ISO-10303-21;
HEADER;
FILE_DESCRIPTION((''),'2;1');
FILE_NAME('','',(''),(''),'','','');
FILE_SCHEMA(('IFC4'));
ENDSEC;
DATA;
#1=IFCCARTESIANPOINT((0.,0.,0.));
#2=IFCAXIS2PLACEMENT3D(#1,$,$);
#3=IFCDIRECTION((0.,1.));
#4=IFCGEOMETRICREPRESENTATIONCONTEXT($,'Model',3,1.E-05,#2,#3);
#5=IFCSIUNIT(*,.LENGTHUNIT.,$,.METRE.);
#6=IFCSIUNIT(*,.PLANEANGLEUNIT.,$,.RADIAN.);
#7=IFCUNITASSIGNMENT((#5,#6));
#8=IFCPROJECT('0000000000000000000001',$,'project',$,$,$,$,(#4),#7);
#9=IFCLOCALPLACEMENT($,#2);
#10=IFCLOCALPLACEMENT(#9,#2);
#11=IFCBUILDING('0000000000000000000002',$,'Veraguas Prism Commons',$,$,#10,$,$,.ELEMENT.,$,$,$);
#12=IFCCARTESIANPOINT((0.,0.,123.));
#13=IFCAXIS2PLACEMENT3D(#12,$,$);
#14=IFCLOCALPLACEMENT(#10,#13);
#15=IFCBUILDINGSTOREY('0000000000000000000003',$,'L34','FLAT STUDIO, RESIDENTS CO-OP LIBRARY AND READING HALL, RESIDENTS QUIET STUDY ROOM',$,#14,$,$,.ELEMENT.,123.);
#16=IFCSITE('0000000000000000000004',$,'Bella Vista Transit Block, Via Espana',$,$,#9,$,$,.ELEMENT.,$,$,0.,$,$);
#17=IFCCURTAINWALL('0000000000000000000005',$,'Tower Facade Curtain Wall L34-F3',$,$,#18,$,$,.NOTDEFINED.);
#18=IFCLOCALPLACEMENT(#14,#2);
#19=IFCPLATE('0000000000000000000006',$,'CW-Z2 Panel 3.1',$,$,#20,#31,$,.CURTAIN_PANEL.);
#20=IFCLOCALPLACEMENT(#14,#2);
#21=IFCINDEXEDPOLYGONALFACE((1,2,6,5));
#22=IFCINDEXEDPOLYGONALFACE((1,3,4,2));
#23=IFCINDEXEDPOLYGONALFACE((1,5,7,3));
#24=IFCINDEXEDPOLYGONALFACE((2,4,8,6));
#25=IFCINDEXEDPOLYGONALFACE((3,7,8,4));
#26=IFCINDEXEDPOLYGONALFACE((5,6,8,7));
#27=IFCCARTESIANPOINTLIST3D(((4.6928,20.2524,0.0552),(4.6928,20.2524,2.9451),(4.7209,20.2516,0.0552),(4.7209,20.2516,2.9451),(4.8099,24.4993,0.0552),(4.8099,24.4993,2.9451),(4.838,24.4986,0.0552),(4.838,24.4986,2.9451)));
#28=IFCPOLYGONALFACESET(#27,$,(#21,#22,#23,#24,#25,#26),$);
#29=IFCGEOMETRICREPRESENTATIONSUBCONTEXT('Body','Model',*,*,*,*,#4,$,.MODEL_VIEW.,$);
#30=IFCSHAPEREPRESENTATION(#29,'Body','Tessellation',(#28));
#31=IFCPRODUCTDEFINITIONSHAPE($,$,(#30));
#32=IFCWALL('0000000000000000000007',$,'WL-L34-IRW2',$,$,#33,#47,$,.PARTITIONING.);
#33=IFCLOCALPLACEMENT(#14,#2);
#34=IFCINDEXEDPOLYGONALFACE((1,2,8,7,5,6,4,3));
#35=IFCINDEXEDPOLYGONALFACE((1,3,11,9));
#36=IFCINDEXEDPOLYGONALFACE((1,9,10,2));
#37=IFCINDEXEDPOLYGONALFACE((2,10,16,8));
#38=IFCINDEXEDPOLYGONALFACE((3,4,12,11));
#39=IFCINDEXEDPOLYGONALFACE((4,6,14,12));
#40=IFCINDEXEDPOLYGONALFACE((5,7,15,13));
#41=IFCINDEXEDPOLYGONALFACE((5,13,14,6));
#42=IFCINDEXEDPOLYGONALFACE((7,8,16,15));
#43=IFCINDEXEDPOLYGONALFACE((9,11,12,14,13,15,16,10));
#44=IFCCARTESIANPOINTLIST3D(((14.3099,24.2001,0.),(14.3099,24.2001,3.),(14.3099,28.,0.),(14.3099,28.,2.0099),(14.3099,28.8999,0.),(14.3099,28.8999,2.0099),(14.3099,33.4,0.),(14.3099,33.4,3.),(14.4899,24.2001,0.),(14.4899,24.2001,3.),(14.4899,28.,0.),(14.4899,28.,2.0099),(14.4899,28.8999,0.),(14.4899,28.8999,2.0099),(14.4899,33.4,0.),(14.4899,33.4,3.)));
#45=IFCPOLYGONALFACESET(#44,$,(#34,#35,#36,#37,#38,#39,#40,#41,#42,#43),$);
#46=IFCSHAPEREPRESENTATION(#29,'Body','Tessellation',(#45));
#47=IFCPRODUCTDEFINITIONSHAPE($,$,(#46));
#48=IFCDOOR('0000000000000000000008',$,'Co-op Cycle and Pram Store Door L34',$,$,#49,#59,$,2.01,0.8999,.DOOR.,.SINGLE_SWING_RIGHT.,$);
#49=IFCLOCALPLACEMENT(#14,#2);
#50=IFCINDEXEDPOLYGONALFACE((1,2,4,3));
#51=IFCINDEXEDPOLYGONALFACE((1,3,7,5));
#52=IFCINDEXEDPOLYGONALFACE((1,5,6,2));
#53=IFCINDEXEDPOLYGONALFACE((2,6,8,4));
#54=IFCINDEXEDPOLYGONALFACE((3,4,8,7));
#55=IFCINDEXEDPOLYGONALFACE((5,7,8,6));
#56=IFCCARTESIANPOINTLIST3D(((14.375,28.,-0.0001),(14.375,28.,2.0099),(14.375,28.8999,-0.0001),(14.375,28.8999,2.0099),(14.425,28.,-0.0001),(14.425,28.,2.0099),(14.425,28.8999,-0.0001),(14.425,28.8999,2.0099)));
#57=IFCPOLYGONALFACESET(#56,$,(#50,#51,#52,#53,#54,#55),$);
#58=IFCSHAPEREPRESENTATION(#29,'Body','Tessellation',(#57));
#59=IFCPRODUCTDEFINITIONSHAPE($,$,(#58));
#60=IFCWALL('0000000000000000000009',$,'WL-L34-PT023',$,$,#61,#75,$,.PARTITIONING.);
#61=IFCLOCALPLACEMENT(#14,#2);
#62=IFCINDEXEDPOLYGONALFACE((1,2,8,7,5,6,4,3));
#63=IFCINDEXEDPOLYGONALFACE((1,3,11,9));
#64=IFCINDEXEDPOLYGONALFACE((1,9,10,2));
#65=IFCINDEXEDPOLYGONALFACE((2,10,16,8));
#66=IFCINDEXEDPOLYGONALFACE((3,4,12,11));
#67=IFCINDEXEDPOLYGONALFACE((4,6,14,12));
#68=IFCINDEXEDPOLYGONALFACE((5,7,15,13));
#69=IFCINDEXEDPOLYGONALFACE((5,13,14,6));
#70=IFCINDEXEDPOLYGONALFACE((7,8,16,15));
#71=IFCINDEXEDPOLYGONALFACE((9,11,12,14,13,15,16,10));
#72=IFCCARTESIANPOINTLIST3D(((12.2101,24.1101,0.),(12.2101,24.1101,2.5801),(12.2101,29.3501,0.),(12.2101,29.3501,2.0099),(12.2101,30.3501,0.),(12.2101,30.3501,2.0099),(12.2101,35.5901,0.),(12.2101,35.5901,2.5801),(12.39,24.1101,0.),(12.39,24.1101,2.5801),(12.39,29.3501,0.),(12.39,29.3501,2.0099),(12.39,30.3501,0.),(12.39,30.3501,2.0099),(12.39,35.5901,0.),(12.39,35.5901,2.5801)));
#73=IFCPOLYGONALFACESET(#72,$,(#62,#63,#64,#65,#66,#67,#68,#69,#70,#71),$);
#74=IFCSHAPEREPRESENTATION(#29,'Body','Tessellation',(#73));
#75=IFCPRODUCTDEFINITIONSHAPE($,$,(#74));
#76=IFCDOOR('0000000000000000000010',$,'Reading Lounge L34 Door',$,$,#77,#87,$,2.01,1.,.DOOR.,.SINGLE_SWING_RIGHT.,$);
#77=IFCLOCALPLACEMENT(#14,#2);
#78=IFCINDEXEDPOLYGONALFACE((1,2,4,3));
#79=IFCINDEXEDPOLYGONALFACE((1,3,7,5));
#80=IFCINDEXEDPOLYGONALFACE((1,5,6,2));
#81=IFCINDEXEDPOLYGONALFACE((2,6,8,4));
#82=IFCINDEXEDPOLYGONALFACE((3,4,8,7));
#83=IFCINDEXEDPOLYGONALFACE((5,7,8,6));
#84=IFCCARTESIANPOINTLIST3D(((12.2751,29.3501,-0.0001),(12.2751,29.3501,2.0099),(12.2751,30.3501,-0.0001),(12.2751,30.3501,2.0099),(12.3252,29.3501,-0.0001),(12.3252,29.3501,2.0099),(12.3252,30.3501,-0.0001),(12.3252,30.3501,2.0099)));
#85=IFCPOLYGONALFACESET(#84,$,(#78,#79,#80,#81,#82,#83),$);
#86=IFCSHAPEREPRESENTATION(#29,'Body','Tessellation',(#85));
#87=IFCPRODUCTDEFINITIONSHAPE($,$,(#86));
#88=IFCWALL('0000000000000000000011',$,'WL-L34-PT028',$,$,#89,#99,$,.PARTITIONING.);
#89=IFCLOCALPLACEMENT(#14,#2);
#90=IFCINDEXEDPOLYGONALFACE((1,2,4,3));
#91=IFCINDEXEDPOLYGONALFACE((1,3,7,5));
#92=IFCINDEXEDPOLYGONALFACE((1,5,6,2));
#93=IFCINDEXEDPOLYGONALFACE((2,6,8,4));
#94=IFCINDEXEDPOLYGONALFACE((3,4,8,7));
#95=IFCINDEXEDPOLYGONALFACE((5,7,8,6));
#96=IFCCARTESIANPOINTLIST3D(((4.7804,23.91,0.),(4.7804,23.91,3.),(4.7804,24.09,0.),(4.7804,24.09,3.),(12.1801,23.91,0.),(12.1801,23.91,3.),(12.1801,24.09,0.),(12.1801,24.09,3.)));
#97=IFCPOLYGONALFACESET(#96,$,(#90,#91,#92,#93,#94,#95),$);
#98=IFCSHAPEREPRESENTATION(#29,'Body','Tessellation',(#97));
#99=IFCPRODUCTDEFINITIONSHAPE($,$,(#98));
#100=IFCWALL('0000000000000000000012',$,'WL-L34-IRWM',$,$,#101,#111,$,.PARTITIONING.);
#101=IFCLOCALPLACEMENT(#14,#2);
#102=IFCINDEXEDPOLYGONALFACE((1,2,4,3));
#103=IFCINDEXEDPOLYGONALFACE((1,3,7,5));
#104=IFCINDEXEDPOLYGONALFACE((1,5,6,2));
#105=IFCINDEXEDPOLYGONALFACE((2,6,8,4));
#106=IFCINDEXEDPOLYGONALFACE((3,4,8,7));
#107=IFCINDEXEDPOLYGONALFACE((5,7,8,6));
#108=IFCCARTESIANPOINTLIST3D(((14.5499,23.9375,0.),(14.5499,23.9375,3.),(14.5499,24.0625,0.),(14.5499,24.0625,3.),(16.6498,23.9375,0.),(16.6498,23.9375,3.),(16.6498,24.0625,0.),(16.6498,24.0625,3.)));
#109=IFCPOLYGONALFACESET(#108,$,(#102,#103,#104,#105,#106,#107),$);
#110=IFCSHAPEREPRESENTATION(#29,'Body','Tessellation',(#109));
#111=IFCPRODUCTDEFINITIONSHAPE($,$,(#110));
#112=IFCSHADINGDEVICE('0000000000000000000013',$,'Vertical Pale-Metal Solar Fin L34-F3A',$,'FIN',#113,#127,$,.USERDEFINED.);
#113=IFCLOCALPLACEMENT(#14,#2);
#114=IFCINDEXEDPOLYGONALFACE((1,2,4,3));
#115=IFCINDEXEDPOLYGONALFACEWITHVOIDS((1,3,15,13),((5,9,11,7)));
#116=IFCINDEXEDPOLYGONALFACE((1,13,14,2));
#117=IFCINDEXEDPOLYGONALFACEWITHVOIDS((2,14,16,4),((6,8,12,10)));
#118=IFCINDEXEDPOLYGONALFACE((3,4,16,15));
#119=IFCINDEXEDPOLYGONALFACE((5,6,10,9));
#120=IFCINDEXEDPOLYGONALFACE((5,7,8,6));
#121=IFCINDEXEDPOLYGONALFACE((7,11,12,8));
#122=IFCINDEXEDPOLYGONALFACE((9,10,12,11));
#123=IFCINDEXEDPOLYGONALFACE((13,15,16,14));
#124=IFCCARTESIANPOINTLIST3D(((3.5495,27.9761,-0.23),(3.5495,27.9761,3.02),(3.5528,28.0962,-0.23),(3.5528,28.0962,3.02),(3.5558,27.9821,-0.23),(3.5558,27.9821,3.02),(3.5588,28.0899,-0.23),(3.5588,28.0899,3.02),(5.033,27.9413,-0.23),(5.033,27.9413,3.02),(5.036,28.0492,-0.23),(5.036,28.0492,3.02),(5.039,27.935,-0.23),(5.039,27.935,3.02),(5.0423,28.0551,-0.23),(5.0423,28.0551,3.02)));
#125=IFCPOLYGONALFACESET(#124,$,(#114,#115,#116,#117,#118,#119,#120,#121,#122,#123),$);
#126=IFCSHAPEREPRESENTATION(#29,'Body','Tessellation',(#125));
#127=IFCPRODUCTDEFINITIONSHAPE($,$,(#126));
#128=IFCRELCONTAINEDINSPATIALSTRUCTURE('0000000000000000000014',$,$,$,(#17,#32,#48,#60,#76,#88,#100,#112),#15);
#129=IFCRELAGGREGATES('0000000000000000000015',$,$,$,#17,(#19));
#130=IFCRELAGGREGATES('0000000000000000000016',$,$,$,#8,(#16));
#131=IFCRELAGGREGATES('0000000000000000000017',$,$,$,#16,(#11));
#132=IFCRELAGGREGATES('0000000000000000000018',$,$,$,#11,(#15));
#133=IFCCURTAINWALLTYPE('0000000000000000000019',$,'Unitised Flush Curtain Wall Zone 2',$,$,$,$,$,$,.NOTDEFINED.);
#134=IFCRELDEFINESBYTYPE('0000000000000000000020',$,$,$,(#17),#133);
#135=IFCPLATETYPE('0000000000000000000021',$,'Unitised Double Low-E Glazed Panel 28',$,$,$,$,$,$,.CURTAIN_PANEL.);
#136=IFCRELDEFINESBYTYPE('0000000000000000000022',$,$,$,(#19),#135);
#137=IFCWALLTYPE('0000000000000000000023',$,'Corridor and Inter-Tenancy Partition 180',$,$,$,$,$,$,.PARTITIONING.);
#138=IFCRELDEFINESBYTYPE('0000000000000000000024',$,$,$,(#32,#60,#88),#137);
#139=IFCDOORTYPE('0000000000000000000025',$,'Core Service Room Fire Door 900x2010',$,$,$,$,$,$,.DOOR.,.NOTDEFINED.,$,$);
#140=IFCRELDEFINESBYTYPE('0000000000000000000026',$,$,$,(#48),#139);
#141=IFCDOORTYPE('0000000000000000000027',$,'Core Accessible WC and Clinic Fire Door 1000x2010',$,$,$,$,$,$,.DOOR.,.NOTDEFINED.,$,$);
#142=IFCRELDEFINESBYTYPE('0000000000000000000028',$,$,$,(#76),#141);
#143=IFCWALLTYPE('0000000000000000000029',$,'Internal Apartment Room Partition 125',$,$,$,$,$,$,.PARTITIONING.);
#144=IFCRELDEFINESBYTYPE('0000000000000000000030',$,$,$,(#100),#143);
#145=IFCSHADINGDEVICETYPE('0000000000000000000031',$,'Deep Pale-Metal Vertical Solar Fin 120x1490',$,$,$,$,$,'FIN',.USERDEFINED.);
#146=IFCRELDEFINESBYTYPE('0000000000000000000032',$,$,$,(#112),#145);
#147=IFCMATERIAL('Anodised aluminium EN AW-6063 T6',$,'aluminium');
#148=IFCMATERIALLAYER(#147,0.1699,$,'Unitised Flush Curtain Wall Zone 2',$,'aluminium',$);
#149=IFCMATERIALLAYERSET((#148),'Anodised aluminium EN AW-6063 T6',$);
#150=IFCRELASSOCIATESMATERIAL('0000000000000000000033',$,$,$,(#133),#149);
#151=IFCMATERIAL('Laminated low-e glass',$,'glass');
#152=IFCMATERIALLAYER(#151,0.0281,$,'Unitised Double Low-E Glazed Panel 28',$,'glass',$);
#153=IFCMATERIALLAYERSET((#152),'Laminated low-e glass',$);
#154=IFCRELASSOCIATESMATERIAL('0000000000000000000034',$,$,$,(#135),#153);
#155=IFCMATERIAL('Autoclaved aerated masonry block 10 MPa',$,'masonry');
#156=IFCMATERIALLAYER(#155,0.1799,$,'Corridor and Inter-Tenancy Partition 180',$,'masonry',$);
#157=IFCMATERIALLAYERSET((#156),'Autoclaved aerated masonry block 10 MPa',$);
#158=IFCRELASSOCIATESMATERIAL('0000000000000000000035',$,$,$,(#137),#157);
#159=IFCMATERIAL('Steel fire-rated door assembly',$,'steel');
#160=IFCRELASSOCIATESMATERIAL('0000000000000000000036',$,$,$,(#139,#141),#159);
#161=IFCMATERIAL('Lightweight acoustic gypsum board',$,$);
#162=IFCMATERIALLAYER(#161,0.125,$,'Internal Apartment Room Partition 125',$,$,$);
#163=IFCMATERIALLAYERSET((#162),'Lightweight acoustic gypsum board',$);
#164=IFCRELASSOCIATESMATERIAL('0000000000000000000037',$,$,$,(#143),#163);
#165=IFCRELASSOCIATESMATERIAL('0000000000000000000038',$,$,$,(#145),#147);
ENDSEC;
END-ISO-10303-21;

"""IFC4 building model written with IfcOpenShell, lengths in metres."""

from ifc_helpers import new_model, si_unit, direction, frame, frame_2d, origin, origin_2d, place, context, subcontext, project, spatial, rectangle, hollow_rectangle, extrude, source, transform, mapped, material, layer, layer_set, material_profile, profile_set, type_object, element, fill, aggregate, save


model = new_model("IFC4")

# Units and contexts
model_context = context("Model", 3, precision=1e-05, world=origin(), true_north=direction((0.0, 1.0)))
body_context = subcontext(model_context, "Body", "Model", "MODEL_VIEW")
ifc_project = project(units=[si_unit("LENGTHUNIT", "METRE"), si_unit("PLANEANGLEUNIT", "RADIAN")], contexts=[model_context])

# Site, building, storey
site_placement = place(None, origin())
site = spatial("IfcSite", under=ifc_project, at=site_placement, Name="Bella Vista Transit Block, Via Espana", CompositionType="ELEMENT", RefElevation=0.0)
building_placement = place(site_placement, origin())
building = spatial("IfcBuilding", under=site, at=building_placement, Name="Veraguas Prism Commons", CompositionType="ELEMENT")
storey_placement = place(building_placement, frame((0.0, 0.0, 123.0)))
storey = spatial("IfcBuildingStorey", under=building, at=storey_placement, Name="L34", Description="FLAT STUDIO, RESIDENTS CO-OP LIBRARY AND READING HALL, RESIDENTS QUIET STUDY ROOM", CompositionType="ELEMENT", Elevation=123.0)

# Curtain wall, plate
ifc_material_1 = material(Name="Anodised aluminium EN AW-6063 T6", Category="aluminium")
ifc_layer_1 = layer(ifc_material_1, 0.1699, Name="Unitised Flush Curtain Wall Zone 2", Category="aluminium")
ifc_layer_set_1 = layer_set([ifc_layer_1], Name="Anodised aluminium EN AW-6063 T6")
curtain_wall_type = type_object("IfcCurtainWallType", Name="Unitised Flush Curtain Wall Zone 2", PredefinedType="NOTDEFINED", material=ifc_layer_set_1)
curtain_wall_placement = place(storey_placement, origin())
curtain_wall = element("IfcCurtainWall", 1, at=curtain_wall_placement, inside=storey, type_object=curtain_wall_type, Name="Tower Facade Curtain Wall L34-F3", PredefinedType="NOTDEFINED")
ifc_material_2 = material(Name="Laminated low-e glass", Category="glass")
ifc_layer_2 = layer(ifc_material_2, 0.0281, Name="Unitised Double Low-E Glazed Panel 28", Category="glass")
ifc_layer_set_2 = layer_set([ifc_layer_2], Name="Laminated low-e glass")
plate_type = type_object("IfcPlateType", Name="Unitised Double Low-E Glazed Panel 28", PredefinedType="CURTAIN_PANEL", material=ifc_layer_set_2)
shared_shape_1 = source(origin(), body_context, "Body", "SweptSolid", [
    extrude(rectangle(XDim=4.2485, YDim=0.0281, at=origin_2d()), origin(), (0.0, 0.0, 1.0), 2.8899),
])
plate_1_placement = place(storey_placement, frame((4.7654, 22.3755, 0.0552), z_axis=(0.0, 0.0, 1.0), x_axis=(-0.027567, -0.99962, 0.0)))
plate_1 = element("IfcPlate", 2, at=plate_1_placement, type_object=plate_type, Name="CW-Z2 Panel 3.1", PredefinedType="CURTAIN_PANEL", context=body_context, shape_type="MappedRepresentation", body=[
    mapped(shared_shape_1, transform((0.0, 0.0, 0.0), scale=1.0)),
])
aggregate(curtain_wall, [plate_1])

# Walls, openings, doors
ifc_material_3 = material(Name="Autoclaved aerated masonry block 10 MPa", Category="masonry")
ifc_layer_3 = layer(ifc_material_3, 0.1799, Name="Corridor and Inter-Tenancy Partition 180", Category="masonry")
ifc_layer_set_3 = layer_set([ifc_layer_3], Name="Autoclaved aerated masonry block 10 MPa")
wall_type_1 = type_object("IfcWallType", Name="Corridor and Inter-Tenancy Partition 180", PredefinedType="PARTITIONING", material=ifc_layer_set_3)
wall_1_placement = place(storey_placement, frame((14.3999, 24.2, 0.0), z_axis=(0.0, 0.0, 1.0), x_axis=(0.0, 1.0, 0.0)))
wall_1 = element("IfcWall", 3, at=wall_1_placement, inside=storey, type_object=wall_type_1, Name="WL-L34-IRW2", PredefinedType="PARTITIONING", context=body_context, shape_type="SweptSolid", body=[
    extrude(rectangle(XDim=9.2, YDim=0.1799, at=frame_2d((4.6001, 0.0))), origin(), (0.0, 0.0, 1.0), 3.0),
])
opening_1_placement = place(wall_1_placement, frame((3.8, 0.0, 0.0)))
opening_1 = element("IfcOpeningElement", 4, at=opening_1_placement, cuts=wall_1, PredefinedType="OPENING", context=body_context, shape_type="SweptSolid", body=[
    extrude(rectangle(XDim=0.8999, YDim=2.01, at=frame_2d((0.45, 1.0049))), frame((0.0, 0.0999, 0.0), z_axis=(0.0, -1.0, 0.0), x_axis=(1.0, 0.0, 0.0)), (0.0, 0.0, 1.0), 0.2),
])
ifc_material_4 = material(Name="Steel fire-rated door assembly", Category="steel")
door_type_1 = type_object("IfcDoorType", Name="Core Service Room Fire Door 900x2010", OperationType="NOTDEFINED", PredefinedType="DOOR", material=ifc_material_4)
shared_shape_2 = source(origin(), body_context, "Body", "SweptSolid", [
    extrude(rectangle(XDim=0.8999, YDim=2.01, at=frame_2d((0.45, 1.0049))), frame((0.0, 0.0249, 0.0), z_axis=(0.0, -1.0, 0.0), x_axis=(1.0, 0.0, 0.0)), (0.0, 0.0, 1.0), 0.05),
])
door_1_placement = place(opening_1_placement, origin())
door_1 = element("IfcDoor", 5, at=door_1_placement, inside=storey, type_object=door_type_1, Name="Co-op Cycle and Pram Store Door L34", OperationType="SINGLE_SWING_RIGHT", OverallHeight=2.01, OverallWidth=0.8999, PredefinedType="DOOR", context=body_context, shape_type="MappedRepresentation", body=[
    mapped(shared_shape_2, transform((0.0, 0.0, 0.0), scale=1.0)),
])
fill(opening_1, door_1)
wall_2_placement = place(storey_placement, frame((12.3, 24.1101, 0.0), z_axis=(0.0, 0.0, 1.0), x_axis=(0.0, 1.0, 0.0)))
wall_2 = element("IfcWall", 6, at=wall_2_placement, inside=storey, type_object=wall_type_1, Name="WL-L34-PT023", PredefinedType="PARTITIONING", context=body_context, shape_type="SweptSolid", body=[
    extrude(rectangle(XDim=11.48, YDim=0.1799, at=frame_2d((5.74, 0.0))), origin(), (0.0, 0.0, 1.0), 2.5801),
])
opening_2_placement = place(wall_2_placement, frame((5.24, 0.0, 0.0)))
opening_2 = element("IfcOpeningElement", 7, at=opening_2_placement, cuts=wall_2, PredefinedType="OPENING", context=body_context, shape_type="SweptSolid", body=[
    extrude(rectangle(XDim=1.0, YDim=2.01, at=frame_2d((0.5, 1.0049))), frame((0.0, 0.0999, 0.0), z_axis=(0.0, -1.0, 0.0), x_axis=(1.0, 0.0, 0.0)), (0.0, 0.0, 1.0), 0.2),
])
door_type_2 = type_object("IfcDoorType", Name="Core Accessible WC and Clinic Fire Door 1000x2010", OperationType="NOTDEFINED", PredefinedType="DOOR", material=ifc_material_4)
shared_shape_3 = source(origin(), body_context, "Body", "SweptSolid", [
    extrude(rectangle(XDim=1.0, YDim=2.01, at=frame_2d((0.5, 1.0049))), frame((0.0, 0.0249, 0.0), z_axis=(0.0, -1.0, 0.0), x_axis=(1.0, 0.0, 0.0)), (0.0, 0.0, 1.0), 0.05),
])
door_2_placement = place(opening_2_placement, origin())
door_2 = element("IfcDoor", 8, at=door_2_placement, inside=storey, type_object=door_type_2, Name="Reading Lounge L34 Door", OperationType="SINGLE_SWING_RIGHT", OverallHeight=2.01, OverallWidth=1.0, PredefinedType="DOOR", context=body_context, shape_type="MappedRepresentation", body=[
    mapped(shared_shape_3, transform((0.0, 0.0, 0.0), scale=1.0)),
])
fill(opening_2, door_2)

# Walls
wall_3_placement = place(storey_placement, frame((12.1799, 24.0, 0.0), z_axis=(0.0, 0.0, 1.0), x_axis=(-1.0, 0.0, 0.0)))
element("IfcWall", 9, at=wall_3_placement, inside=storey, type_object=wall_type_1, Name="WL-L34-PT028", PredefinedType="PARTITIONING", context=body_context, shape_type="SweptSolid", body=[
    extrude(rectangle(XDim=7.3997, YDim=0.1799, at=frame_2d((3.6997, 0.0))), origin(), (0.0, 0.0, 1.0), 3.0),
])
ifc_material_5 = material(Name="Lightweight acoustic gypsum board")
ifc_layer_4 = layer(ifc_material_5, 0.125, Name="Internal Apartment Room Partition 125")
ifc_layer_set_4 = layer_set([ifc_layer_4], Name="Lightweight acoustic gypsum board")
wall_type_2 = type_object("IfcWallType", Name="Internal Apartment Room Partition 125", PredefinedType="PARTITIONING", material=ifc_layer_set_4)
wall_4_placement = place(storey_placement, frame((14.55, 24.0, 0.0), z_axis=(0.0, 0.0, 1.0), x_axis=(1.0, 0.0, 0.0)))
element("IfcWall", 10, at=wall_4_placement, inside=storey, type_object=wall_type_2, Name="WL-L34-IRWM", PredefinedType="PARTITIONING", context=body_context, shape_type="SweptSolid", body=[
    extrude(rectangle(XDim=2.0999, YDim=0.125, at=frame_2d((1.0498, 0.0))), origin(), (0.0, 0.0, 1.0), 3.0),
])

# Shading device
ifc_material_profile_1 = material_profile(ifc_material_1, hollow_rectangle(XDim=0.1201, YDim=1.49, WallThickness=0.0061, at=origin_2d()), Name="FIN120X1490X6")
ifc_profile_set_1 = profile_set([ifc_material_profile_1], Name="Anodised aluminium EN AW-6063 T6")
shading_device_type = type_object("IfcShadingDeviceType", Name="Deep Pale-Metal Vertical Solar Fin 120x1490", ElementType="FIN", PredefinedType="USERDEFINED", material=ifc_profile_set_1)
shading_device_placement = place(storey_placement, frame((4.2959, 28.0156, -0.23), z_axis=(0.0, 0.0, 1.0), x_axis=(-0.027573, -0.99962, 0.0)))
element("IfcShadingDevice", 11, at=shading_device_placement, inside=storey, type_object=shading_device_type, Name="Vertical Pale-Metal Solar Fin L34-F3A", ObjectType="FIN", PredefinedType="USERDEFINED", context=body_context, shape_type="SweptSolid", body=[
    extrude(hollow_rectangle(XDim=0.1201, YDim=1.49, WallThickness=0.0061, at=origin_2d()), origin(), (0.0, 0.0, 1.0), 3.25),
])

save(model, "model.ifc")
